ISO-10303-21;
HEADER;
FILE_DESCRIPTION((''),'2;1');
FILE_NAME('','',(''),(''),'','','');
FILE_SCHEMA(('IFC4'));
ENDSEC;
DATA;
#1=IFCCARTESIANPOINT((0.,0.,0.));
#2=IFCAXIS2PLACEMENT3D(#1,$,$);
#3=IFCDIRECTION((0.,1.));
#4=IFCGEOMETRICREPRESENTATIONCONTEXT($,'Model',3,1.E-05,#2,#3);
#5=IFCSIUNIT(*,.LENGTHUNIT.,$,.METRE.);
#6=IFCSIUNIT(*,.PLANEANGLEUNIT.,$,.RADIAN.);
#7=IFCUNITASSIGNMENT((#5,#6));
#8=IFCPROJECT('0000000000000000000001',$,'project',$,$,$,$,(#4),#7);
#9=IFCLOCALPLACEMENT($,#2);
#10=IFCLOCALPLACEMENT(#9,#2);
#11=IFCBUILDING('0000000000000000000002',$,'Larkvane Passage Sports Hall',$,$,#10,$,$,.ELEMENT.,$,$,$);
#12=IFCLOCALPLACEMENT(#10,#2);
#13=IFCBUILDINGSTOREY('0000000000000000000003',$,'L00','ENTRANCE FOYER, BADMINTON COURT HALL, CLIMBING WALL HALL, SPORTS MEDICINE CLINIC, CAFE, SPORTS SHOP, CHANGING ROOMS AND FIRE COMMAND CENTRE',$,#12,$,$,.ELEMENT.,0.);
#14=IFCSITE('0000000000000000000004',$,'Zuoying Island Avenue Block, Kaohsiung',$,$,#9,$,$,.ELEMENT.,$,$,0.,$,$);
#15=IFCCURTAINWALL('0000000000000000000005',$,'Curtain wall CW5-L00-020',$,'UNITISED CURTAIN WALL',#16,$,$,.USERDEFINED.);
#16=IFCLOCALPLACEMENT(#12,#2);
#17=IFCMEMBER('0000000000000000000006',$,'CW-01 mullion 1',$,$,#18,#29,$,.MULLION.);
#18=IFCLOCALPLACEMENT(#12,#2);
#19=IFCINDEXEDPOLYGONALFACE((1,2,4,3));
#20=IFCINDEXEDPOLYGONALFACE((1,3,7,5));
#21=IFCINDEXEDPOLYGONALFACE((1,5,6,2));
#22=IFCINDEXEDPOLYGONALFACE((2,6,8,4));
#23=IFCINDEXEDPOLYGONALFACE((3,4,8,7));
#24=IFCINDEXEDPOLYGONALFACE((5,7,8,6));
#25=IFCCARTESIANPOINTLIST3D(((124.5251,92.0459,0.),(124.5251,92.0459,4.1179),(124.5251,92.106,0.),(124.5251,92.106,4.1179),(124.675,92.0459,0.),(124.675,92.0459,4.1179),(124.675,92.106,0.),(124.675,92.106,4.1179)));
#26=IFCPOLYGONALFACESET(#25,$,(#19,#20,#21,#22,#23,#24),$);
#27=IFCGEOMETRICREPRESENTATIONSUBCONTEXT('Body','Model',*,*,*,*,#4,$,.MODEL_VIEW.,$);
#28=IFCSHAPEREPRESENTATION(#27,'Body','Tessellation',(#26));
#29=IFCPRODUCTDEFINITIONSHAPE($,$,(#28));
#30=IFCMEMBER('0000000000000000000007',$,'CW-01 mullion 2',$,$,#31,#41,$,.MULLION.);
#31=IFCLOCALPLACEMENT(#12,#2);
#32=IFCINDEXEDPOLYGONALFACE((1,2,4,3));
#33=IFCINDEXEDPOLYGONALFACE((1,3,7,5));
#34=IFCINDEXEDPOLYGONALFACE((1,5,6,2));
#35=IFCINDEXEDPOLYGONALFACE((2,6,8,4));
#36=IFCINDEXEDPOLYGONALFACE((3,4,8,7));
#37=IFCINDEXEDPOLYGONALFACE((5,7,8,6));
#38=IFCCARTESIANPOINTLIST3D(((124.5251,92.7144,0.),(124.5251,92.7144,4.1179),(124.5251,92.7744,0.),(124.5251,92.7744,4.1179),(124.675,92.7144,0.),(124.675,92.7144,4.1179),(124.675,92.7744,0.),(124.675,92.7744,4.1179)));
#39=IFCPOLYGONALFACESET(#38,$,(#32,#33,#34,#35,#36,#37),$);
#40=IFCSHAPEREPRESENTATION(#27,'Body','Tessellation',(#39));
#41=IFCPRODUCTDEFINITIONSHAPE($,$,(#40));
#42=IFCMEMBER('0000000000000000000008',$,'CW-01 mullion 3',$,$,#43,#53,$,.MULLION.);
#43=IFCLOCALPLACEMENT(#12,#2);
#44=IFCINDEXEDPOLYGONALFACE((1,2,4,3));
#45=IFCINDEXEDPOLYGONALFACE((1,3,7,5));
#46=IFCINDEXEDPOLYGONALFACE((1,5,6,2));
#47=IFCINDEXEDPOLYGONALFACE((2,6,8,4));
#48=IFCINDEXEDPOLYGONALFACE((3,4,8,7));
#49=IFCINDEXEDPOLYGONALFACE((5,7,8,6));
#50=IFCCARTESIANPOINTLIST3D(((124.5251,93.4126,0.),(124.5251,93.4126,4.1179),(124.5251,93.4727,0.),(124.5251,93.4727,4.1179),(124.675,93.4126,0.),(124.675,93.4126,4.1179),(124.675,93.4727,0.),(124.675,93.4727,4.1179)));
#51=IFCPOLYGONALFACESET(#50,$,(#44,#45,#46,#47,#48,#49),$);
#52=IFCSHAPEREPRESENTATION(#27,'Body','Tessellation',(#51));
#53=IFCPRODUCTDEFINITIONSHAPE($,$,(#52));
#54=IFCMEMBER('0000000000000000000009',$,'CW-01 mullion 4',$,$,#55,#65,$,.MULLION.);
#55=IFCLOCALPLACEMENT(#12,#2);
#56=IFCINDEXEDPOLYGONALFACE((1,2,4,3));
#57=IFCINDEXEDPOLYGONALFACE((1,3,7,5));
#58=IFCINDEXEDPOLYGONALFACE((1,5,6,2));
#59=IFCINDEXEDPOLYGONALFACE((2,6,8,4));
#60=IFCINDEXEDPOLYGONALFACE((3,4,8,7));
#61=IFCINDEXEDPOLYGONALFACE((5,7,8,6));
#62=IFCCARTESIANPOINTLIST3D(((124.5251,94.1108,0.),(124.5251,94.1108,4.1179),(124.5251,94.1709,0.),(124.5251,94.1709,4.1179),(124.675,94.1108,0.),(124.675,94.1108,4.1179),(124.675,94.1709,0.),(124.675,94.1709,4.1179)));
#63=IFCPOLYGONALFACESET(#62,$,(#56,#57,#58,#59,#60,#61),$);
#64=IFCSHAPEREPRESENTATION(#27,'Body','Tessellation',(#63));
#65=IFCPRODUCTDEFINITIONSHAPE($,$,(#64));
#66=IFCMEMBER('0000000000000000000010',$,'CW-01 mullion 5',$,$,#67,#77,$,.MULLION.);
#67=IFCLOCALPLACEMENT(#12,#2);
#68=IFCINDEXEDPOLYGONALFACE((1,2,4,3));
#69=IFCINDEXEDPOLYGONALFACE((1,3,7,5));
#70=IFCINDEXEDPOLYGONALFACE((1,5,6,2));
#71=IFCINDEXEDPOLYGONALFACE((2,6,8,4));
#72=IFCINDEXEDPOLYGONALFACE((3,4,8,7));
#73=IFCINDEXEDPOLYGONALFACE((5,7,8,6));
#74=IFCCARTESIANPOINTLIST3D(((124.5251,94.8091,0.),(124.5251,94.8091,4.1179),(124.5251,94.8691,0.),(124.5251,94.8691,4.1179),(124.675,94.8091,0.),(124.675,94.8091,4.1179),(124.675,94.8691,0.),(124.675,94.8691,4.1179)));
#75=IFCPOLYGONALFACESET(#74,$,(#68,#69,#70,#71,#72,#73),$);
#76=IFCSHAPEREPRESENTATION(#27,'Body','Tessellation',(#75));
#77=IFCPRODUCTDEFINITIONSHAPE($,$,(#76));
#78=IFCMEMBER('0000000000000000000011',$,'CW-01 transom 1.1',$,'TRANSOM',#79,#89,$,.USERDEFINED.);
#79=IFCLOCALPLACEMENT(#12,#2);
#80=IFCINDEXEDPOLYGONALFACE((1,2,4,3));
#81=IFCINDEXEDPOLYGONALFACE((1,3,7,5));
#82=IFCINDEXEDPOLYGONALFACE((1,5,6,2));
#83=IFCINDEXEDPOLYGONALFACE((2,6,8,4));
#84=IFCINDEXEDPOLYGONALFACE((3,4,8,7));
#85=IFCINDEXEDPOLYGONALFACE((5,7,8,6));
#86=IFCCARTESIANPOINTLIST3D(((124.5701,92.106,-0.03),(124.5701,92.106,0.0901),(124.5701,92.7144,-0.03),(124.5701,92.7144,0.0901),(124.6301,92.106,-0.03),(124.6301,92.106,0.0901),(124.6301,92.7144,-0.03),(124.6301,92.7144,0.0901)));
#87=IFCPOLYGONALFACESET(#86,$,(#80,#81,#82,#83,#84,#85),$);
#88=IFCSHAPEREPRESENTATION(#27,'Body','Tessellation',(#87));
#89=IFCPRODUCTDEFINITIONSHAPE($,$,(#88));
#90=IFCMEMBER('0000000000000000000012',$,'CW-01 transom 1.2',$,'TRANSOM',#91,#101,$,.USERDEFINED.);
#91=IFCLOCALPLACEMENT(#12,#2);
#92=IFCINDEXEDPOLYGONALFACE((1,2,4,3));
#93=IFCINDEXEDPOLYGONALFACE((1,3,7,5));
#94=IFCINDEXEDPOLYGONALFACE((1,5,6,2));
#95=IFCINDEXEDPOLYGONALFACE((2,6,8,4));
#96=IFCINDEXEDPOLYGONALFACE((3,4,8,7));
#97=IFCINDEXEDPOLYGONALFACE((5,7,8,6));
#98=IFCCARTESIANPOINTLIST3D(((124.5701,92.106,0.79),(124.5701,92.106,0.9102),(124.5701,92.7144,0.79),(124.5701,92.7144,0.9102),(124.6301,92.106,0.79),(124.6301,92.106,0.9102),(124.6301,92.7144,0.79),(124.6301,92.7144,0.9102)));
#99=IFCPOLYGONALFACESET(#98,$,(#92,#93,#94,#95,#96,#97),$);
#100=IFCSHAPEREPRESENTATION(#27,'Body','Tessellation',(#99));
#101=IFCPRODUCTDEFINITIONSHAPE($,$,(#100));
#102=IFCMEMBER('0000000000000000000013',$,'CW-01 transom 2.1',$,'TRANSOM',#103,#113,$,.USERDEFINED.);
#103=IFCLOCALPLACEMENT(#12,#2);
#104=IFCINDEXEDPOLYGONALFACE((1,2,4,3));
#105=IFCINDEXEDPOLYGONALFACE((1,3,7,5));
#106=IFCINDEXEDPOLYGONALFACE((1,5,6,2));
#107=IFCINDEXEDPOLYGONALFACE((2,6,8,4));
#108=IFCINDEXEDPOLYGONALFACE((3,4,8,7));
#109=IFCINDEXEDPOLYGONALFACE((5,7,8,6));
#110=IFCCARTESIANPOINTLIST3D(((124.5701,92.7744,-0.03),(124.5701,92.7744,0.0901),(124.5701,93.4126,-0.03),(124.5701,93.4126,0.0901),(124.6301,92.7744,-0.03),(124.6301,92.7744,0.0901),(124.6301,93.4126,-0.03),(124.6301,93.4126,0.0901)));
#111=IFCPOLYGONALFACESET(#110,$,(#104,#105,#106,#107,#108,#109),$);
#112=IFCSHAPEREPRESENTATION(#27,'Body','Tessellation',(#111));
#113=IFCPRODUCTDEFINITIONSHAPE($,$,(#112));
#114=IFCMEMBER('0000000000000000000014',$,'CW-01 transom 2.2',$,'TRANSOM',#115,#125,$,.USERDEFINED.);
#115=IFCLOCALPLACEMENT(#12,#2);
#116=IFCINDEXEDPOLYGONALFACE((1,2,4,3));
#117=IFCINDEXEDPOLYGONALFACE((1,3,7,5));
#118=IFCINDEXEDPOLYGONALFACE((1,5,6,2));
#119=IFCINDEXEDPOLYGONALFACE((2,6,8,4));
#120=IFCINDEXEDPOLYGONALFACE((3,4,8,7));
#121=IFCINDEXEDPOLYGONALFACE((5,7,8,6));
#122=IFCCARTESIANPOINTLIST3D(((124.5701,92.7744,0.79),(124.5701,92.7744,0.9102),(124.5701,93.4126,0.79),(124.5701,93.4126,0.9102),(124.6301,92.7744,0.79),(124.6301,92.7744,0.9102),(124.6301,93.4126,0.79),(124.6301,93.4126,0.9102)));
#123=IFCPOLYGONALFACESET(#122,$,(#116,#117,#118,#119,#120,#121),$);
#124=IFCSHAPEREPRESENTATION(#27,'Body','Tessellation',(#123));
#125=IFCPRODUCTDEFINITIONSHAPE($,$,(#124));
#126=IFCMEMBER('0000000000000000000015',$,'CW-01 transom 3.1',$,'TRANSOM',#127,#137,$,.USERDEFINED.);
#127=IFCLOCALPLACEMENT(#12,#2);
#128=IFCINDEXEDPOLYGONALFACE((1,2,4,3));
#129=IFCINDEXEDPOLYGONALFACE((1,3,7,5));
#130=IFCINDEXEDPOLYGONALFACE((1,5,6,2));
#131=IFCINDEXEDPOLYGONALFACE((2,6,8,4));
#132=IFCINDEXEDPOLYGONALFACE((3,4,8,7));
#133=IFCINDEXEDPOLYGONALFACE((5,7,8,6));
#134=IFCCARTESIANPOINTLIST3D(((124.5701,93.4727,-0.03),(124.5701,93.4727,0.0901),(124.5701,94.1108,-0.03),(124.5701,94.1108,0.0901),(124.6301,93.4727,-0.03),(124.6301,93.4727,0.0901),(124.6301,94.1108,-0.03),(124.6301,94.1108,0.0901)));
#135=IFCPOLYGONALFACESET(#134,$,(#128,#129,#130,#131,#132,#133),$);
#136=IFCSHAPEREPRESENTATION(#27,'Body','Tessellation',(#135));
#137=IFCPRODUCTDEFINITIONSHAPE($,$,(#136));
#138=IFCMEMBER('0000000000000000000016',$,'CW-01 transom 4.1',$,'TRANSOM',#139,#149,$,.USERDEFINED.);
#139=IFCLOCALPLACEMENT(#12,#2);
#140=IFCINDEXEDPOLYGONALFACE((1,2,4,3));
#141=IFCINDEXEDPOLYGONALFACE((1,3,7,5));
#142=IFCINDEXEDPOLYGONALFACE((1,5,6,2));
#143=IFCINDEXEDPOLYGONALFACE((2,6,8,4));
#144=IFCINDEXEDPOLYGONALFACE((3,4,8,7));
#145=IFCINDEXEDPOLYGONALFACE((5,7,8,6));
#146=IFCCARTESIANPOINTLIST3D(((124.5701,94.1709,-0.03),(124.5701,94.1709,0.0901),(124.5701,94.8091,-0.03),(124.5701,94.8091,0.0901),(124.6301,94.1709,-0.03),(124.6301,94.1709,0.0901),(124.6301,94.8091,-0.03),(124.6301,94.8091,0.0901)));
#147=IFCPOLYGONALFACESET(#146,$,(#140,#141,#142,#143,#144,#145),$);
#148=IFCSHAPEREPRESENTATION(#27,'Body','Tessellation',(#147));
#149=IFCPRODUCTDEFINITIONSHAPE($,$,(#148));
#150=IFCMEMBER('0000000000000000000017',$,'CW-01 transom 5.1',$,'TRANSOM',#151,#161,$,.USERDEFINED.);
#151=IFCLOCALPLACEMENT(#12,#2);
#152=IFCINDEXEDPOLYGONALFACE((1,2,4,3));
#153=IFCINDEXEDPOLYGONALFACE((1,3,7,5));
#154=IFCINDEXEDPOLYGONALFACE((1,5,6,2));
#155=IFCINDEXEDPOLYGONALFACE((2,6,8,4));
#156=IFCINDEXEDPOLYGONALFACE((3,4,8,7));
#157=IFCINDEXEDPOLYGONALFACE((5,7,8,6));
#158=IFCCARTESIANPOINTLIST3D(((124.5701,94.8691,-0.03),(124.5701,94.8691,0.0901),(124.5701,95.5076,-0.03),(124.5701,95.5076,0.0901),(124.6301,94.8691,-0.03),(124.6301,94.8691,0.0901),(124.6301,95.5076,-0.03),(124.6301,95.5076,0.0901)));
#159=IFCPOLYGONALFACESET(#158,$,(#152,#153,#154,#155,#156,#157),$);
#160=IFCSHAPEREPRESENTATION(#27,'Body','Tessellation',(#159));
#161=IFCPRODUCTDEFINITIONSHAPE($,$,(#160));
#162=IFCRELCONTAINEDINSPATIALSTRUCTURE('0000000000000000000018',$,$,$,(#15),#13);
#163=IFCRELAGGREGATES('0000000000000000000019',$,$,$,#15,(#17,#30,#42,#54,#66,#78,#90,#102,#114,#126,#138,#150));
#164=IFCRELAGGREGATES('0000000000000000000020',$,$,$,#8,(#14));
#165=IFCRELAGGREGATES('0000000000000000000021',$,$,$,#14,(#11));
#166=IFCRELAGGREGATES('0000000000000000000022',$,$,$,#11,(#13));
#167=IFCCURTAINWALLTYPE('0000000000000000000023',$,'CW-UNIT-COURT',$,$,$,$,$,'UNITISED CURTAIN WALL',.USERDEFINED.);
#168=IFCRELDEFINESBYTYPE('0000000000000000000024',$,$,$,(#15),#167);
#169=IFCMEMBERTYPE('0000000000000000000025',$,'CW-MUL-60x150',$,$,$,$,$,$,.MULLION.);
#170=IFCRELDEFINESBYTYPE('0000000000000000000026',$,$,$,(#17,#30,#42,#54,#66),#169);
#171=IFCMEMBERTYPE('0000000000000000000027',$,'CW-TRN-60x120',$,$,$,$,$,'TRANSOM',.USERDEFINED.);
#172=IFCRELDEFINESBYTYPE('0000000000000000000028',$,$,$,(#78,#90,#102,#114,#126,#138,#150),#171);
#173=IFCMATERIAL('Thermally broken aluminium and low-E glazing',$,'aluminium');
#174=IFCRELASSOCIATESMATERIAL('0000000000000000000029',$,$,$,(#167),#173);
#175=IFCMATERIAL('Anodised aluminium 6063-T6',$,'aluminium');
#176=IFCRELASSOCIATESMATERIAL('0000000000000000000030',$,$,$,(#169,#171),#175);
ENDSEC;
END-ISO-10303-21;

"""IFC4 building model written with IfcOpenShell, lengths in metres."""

from ifc_helpers import new_model, si_unit, direction, frame, origin, origin_2d, place, context, subcontext, project, spatial, rectangle, extrude, material, material_profile, profile_set, type_object, element, aggregate, save


model = new_model("IFC4")

# Units and contexts
model_context = context("Model", 3, precision=1e-05, world=origin(), true_north=direction((0.0, 1.0)))
body_context = subcontext(model_context, "Body", "Model", "MODEL_VIEW")
ifc_project = project(units=[si_unit("LENGTHUNIT", "METRE"), si_unit("PLANEANGLEUNIT", "RADIAN")], contexts=[model_context])

# Site, building, storey
site_placement = place(None, origin())
site = spatial("IfcSite", under=ifc_project, at=site_placement, Name="Zuoying Island Avenue Block, Kaohsiung", CompositionType="ELEMENT", RefElevation=0.0)
building_placement = place(site_placement, origin())
building = spatial("IfcBuilding", under=site, at=building_placement, Name="Larkvane Passage Sports Hall", CompositionType="ELEMENT")
storey_placement = place(building_placement, origin())
storey = spatial("IfcBuildingStorey", under=building, at=storey_placement, Name="L00", Description="ENTRANCE FOYER, BADMINTON COURT HALL, CLIMBING WALL HALL, SPORTS MEDICINE CLINIC, CAFE, SPORTS SHOP, CHANGING ROOMS AND FIRE COMMAND CENTRE", CompositionType="ELEMENT", Elevation=0.0)

# Curtain wall, members
ifc_material_1 = material(Name="Thermally broken aluminium and low-E glazing", Category="aluminium")
curtain_wall_type = type_object("IfcCurtainWallType", Name="CW-UNIT-COURT", ElementType="UNITISED CURTAIN WALL", PredefinedType="USERDEFINED", material=ifc_material_1)
curtain_wall_placement = place(storey_placement, origin())
curtain_wall = element("IfcCurtainWall", 1, at=curtain_wall_placement, inside=storey, type_object=curtain_wall_type, Name="Curtain wall CW5-L00-020", ObjectType="UNITISED CURTAIN WALL", PredefinedType="USERDEFINED")
ifc_material_2 = material(Name="Anodised aluminium 6063-T6", Category="aluminium")
ifc_material_profile_1 = material_profile(ifc_material_2, rectangle(XDim=0.0601, YDim=0.1499, at=origin_2d()), Name="ALU-MUL-60x150")
ifc_profile_set_1 = profile_set([ifc_material_profile_1], Name="Anodised aluminium 6063-T6")
member_type_1 = type_object("IfcMemberType", Name="CW-MUL-60x150", PredefinedType="MULLION", material=ifc_profile_set_1)
member_1_placement = place(storey_placement, frame((124.6001, 92.0759, 0.0), z_axis=(0.0, 0.0, 1.0), x_axis=(0.0, 1.0, 0.0)))
member_1 = element("IfcMember", 2, at=member_1_placement, type_object=member_type_1, Name="CW-01 mullion 1", PredefinedType="MULLION", context=body_context, shape_type="SweptSolid", body=[
    extrude(rectangle(XDim=0.0601, YDim=0.1499, at=origin_2d()), origin(), (0.0, 0.0, 1.0), 4.1179),
])
member_2_placement = place(storey_placement, frame((124.6001, 92.7444, 0.0), z_axis=(0.0, 0.0, 1.0), x_axis=(0.0, 1.0, 0.0)))
member_2 = element("IfcMember", 3, at=member_2_placement, type_object=member_type_1, Name="CW-01 mullion 2", PredefinedType="MULLION", context=body_context, shape_type="SweptSolid", body=[
    extrude(rectangle(XDim=0.0601, YDim=0.1499, at=origin_2d()), origin(), (0.0, 0.0, 1.0), 4.1179),
])
member_3_placement = place(storey_placement, frame((124.6001, 93.4426, 0.0), z_axis=(0.0, 0.0, 1.0), x_axis=(0.0, 1.0, 0.0)))
member_3 = element("IfcMember", 4, at=member_3_placement, type_object=member_type_1, Name="CW-01 mullion 3", PredefinedType="MULLION", context=body_context, shape_type="SweptSolid", body=[
    extrude(rectangle(XDim=0.0601, YDim=0.1499, at=origin_2d()), origin(), (0.0, 0.0, 1.0), 4.1179),
])
member_4_placement = place(storey_placement, frame((124.6001, 94.1409, 0.0), z_axis=(0.0, 0.0, 1.0), x_axis=(0.0, 1.0, 0.0)))
member_4 = element("IfcMember", 5, at=member_4_placement, type_object=member_type_1, Name="CW-01 mullion 4", PredefinedType="MULLION", context=body_context, shape_type="SweptSolid", body=[
    extrude(rectangle(XDim=0.0601, YDim=0.1499, at=origin_2d()), origin(), (0.0, 0.0, 1.0), 4.1179),
])
member_5_placement = place(storey_placement, frame((124.6001, 94.8391, 0.0), z_axis=(0.0, 0.0, 1.0), x_axis=(0.0, 1.0, 0.0)))
member_5 = element("IfcMember", 6, at=member_5_placement, type_object=member_type_1, Name="CW-01 mullion 5", PredefinedType="MULLION", context=body_context, shape_type="SweptSolid", body=[
    extrude(rectangle(XDim=0.0601, YDim=0.1499, at=origin_2d()), origin(), (0.0, 0.0, 1.0), 4.1179),
])
ifc_material_profile_2 = material_profile(ifc_material_2, rectangle(XDim=0.0601, YDim=0.1201, at=origin_2d()), Name="ALU-TRN-60x120")
ifc_profile_set_2 = profile_set([ifc_material_profile_2], Name="Anodised aluminium 6063-T6")
member_type_2 = type_object("IfcMemberType", Name="CW-TRN-60x120", ElementType="TRANSOM", PredefinedType="USERDEFINED", material=ifc_profile_set_2)
member_6_placement = place(storey_placement, frame((124.6001, 92.106, 0.03), z_axis=(0.0, 1.0, 0.0), x_axis=(-1.0, 0.0, 0.0)))
member_6 = element("IfcMember", 7, at=member_6_placement, type_object=member_type_2, Name="CW-01 transom 1.1", ObjectType="TRANSOM", PredefinedType="USERDEFINED", context=body_context, shape_type="SweptSolid", body=[
    extrude(rectangle(XDim=0.0601, YDim=0.1201, at=origin_2d()), origin(), (0.0, 0.0, 1.0), 0.6084),
])
member_7_placement = place(storey_placement, frame((124.6001, 92.106, 0.8501), z_axis=(0.0, 1.0, 0.0), x_axis=(-1.0, 0.0, 0.0)))
member_7 = element("IfcMember", 8, at=member_7_placement, type_object=member_type_2, Name="CW-01 transom 1.2", ObjectType="TRANSOM", PredefinedType="USERDEFINED", context=body_context, shape_type="SweptSolid", body=[
    extrude(rectangle(XDim=0.0601, YDim=0.1201, at=origin_2d()), origin(), (0.0, 0.0, 1.0), 0.6084),
])
member_8_placement = place(storey_placement, frame((124.6001, 92.7744, 0.03), z_axis=(0.0, 1.0, 0.0), x_axis=(-1.0, 0.0, 0.0)))
member_8 = element("IfcMember", 9, at=member_8_placement, type_object=member_type_2, Name="CW-01 transom 2.1", ObjectType="TRANSOM", PredefinedType="USERDEFINED", context=body_context, shape_type="SweptSolid", body=[
    extrude(rectangle(XDim=0.0601, YDim=0.1201, at=origin_2d()), origin(), (0.0, 0.0, 1.0), 0.6382),
])
member_9_placement = place(storey_placement, frame((124.6001, 92.7744, 0.8501), z_axis=(0.0, 1.0, 0.0), x_axis=(-1.0, 0.0, 0.0)))
member_9 = element("IfcMember", 10, at=member_9_placement, type_object=member_type_2, Name="CW-01 transom 2.2", ObjectType="TRANSOM", PredefinedType="USERDEFINED", context=body_context, shape_type="SweptSolid", body=[
    extrude(rectangle(XDim=0.0601, YDim=0.1201, at=origin_2d()), origin(), (0.0, 0.0, 1.0), 0.6382),
])
member_10_placement = place(storey_placement, frame((124.6001, 93.4727, 0.03), z_axis=(0.0, 1.0, 0.0), x_axis=(-1.0, 0.0, 0.0)))
member_10 = element("IfcMember", 11, at=member_10_placement, type_object=member_type_2, Name="CW-01 transom 3.1", ObjectType="TRANSOM", PredefinedType="USERDEFINED", context=body_context, shape_type="SweptSolid", body=[
    extrude(rectangle(XDim=0.0601, YDim=0.1201, at=origin_2d()), origin(), (0.0, 0.0, 1.0), 0.6382),
])
member_11_placement = place(storey_placement, frame((124.6001, 94.1709, 0.03), z_axis=(0.0, 1.0, 0.0), x_axis=(-1.0, 0.0, 0.0)))
member_11 = element("IfcMember", 12, at=member_11_placement, type_object=member_type_2, Name="CW-01 transom 4.1", ObjectType="TRANSOM", PredefinedType="USERDEFINED", context=body_context, shape_type="SweptSolid", body=[
    extrude(rectangle(XDim=0.0601, YDim=0.1201, at=origin_2d()), origin(), (0.0, 0.0, 1.0), 0.6382),
])
member_12_placement = place(storey_placement, frame((124.6001, 94.8691, 0.03), z_axis=(0.0, 1.0, 0.0), x_axis=(-1.0, 0.0, 0.0)))
member_12 = element("IfcMember", 13, at=member_12_placement, type_object=member_type_2, Name="CW-01 transom 5.1", ObjectType="TRANSOM", PredefinedType="USERDEFINED", context=body_context, shape_type="SweptSolid", body=[
    extrude(rectangle(XDim=0.0601, YDim=0.1201, at=origin_2d()), origin(), (0.0, 0.0, 1.0), 0.6384),
])

aggregate(curtain_wall, [member_1, member_2, member_3, member_4, member_5, member_6, member_7, member_8, member_9, member_10, member_11, member_12])

save(model, "model.ifc")
